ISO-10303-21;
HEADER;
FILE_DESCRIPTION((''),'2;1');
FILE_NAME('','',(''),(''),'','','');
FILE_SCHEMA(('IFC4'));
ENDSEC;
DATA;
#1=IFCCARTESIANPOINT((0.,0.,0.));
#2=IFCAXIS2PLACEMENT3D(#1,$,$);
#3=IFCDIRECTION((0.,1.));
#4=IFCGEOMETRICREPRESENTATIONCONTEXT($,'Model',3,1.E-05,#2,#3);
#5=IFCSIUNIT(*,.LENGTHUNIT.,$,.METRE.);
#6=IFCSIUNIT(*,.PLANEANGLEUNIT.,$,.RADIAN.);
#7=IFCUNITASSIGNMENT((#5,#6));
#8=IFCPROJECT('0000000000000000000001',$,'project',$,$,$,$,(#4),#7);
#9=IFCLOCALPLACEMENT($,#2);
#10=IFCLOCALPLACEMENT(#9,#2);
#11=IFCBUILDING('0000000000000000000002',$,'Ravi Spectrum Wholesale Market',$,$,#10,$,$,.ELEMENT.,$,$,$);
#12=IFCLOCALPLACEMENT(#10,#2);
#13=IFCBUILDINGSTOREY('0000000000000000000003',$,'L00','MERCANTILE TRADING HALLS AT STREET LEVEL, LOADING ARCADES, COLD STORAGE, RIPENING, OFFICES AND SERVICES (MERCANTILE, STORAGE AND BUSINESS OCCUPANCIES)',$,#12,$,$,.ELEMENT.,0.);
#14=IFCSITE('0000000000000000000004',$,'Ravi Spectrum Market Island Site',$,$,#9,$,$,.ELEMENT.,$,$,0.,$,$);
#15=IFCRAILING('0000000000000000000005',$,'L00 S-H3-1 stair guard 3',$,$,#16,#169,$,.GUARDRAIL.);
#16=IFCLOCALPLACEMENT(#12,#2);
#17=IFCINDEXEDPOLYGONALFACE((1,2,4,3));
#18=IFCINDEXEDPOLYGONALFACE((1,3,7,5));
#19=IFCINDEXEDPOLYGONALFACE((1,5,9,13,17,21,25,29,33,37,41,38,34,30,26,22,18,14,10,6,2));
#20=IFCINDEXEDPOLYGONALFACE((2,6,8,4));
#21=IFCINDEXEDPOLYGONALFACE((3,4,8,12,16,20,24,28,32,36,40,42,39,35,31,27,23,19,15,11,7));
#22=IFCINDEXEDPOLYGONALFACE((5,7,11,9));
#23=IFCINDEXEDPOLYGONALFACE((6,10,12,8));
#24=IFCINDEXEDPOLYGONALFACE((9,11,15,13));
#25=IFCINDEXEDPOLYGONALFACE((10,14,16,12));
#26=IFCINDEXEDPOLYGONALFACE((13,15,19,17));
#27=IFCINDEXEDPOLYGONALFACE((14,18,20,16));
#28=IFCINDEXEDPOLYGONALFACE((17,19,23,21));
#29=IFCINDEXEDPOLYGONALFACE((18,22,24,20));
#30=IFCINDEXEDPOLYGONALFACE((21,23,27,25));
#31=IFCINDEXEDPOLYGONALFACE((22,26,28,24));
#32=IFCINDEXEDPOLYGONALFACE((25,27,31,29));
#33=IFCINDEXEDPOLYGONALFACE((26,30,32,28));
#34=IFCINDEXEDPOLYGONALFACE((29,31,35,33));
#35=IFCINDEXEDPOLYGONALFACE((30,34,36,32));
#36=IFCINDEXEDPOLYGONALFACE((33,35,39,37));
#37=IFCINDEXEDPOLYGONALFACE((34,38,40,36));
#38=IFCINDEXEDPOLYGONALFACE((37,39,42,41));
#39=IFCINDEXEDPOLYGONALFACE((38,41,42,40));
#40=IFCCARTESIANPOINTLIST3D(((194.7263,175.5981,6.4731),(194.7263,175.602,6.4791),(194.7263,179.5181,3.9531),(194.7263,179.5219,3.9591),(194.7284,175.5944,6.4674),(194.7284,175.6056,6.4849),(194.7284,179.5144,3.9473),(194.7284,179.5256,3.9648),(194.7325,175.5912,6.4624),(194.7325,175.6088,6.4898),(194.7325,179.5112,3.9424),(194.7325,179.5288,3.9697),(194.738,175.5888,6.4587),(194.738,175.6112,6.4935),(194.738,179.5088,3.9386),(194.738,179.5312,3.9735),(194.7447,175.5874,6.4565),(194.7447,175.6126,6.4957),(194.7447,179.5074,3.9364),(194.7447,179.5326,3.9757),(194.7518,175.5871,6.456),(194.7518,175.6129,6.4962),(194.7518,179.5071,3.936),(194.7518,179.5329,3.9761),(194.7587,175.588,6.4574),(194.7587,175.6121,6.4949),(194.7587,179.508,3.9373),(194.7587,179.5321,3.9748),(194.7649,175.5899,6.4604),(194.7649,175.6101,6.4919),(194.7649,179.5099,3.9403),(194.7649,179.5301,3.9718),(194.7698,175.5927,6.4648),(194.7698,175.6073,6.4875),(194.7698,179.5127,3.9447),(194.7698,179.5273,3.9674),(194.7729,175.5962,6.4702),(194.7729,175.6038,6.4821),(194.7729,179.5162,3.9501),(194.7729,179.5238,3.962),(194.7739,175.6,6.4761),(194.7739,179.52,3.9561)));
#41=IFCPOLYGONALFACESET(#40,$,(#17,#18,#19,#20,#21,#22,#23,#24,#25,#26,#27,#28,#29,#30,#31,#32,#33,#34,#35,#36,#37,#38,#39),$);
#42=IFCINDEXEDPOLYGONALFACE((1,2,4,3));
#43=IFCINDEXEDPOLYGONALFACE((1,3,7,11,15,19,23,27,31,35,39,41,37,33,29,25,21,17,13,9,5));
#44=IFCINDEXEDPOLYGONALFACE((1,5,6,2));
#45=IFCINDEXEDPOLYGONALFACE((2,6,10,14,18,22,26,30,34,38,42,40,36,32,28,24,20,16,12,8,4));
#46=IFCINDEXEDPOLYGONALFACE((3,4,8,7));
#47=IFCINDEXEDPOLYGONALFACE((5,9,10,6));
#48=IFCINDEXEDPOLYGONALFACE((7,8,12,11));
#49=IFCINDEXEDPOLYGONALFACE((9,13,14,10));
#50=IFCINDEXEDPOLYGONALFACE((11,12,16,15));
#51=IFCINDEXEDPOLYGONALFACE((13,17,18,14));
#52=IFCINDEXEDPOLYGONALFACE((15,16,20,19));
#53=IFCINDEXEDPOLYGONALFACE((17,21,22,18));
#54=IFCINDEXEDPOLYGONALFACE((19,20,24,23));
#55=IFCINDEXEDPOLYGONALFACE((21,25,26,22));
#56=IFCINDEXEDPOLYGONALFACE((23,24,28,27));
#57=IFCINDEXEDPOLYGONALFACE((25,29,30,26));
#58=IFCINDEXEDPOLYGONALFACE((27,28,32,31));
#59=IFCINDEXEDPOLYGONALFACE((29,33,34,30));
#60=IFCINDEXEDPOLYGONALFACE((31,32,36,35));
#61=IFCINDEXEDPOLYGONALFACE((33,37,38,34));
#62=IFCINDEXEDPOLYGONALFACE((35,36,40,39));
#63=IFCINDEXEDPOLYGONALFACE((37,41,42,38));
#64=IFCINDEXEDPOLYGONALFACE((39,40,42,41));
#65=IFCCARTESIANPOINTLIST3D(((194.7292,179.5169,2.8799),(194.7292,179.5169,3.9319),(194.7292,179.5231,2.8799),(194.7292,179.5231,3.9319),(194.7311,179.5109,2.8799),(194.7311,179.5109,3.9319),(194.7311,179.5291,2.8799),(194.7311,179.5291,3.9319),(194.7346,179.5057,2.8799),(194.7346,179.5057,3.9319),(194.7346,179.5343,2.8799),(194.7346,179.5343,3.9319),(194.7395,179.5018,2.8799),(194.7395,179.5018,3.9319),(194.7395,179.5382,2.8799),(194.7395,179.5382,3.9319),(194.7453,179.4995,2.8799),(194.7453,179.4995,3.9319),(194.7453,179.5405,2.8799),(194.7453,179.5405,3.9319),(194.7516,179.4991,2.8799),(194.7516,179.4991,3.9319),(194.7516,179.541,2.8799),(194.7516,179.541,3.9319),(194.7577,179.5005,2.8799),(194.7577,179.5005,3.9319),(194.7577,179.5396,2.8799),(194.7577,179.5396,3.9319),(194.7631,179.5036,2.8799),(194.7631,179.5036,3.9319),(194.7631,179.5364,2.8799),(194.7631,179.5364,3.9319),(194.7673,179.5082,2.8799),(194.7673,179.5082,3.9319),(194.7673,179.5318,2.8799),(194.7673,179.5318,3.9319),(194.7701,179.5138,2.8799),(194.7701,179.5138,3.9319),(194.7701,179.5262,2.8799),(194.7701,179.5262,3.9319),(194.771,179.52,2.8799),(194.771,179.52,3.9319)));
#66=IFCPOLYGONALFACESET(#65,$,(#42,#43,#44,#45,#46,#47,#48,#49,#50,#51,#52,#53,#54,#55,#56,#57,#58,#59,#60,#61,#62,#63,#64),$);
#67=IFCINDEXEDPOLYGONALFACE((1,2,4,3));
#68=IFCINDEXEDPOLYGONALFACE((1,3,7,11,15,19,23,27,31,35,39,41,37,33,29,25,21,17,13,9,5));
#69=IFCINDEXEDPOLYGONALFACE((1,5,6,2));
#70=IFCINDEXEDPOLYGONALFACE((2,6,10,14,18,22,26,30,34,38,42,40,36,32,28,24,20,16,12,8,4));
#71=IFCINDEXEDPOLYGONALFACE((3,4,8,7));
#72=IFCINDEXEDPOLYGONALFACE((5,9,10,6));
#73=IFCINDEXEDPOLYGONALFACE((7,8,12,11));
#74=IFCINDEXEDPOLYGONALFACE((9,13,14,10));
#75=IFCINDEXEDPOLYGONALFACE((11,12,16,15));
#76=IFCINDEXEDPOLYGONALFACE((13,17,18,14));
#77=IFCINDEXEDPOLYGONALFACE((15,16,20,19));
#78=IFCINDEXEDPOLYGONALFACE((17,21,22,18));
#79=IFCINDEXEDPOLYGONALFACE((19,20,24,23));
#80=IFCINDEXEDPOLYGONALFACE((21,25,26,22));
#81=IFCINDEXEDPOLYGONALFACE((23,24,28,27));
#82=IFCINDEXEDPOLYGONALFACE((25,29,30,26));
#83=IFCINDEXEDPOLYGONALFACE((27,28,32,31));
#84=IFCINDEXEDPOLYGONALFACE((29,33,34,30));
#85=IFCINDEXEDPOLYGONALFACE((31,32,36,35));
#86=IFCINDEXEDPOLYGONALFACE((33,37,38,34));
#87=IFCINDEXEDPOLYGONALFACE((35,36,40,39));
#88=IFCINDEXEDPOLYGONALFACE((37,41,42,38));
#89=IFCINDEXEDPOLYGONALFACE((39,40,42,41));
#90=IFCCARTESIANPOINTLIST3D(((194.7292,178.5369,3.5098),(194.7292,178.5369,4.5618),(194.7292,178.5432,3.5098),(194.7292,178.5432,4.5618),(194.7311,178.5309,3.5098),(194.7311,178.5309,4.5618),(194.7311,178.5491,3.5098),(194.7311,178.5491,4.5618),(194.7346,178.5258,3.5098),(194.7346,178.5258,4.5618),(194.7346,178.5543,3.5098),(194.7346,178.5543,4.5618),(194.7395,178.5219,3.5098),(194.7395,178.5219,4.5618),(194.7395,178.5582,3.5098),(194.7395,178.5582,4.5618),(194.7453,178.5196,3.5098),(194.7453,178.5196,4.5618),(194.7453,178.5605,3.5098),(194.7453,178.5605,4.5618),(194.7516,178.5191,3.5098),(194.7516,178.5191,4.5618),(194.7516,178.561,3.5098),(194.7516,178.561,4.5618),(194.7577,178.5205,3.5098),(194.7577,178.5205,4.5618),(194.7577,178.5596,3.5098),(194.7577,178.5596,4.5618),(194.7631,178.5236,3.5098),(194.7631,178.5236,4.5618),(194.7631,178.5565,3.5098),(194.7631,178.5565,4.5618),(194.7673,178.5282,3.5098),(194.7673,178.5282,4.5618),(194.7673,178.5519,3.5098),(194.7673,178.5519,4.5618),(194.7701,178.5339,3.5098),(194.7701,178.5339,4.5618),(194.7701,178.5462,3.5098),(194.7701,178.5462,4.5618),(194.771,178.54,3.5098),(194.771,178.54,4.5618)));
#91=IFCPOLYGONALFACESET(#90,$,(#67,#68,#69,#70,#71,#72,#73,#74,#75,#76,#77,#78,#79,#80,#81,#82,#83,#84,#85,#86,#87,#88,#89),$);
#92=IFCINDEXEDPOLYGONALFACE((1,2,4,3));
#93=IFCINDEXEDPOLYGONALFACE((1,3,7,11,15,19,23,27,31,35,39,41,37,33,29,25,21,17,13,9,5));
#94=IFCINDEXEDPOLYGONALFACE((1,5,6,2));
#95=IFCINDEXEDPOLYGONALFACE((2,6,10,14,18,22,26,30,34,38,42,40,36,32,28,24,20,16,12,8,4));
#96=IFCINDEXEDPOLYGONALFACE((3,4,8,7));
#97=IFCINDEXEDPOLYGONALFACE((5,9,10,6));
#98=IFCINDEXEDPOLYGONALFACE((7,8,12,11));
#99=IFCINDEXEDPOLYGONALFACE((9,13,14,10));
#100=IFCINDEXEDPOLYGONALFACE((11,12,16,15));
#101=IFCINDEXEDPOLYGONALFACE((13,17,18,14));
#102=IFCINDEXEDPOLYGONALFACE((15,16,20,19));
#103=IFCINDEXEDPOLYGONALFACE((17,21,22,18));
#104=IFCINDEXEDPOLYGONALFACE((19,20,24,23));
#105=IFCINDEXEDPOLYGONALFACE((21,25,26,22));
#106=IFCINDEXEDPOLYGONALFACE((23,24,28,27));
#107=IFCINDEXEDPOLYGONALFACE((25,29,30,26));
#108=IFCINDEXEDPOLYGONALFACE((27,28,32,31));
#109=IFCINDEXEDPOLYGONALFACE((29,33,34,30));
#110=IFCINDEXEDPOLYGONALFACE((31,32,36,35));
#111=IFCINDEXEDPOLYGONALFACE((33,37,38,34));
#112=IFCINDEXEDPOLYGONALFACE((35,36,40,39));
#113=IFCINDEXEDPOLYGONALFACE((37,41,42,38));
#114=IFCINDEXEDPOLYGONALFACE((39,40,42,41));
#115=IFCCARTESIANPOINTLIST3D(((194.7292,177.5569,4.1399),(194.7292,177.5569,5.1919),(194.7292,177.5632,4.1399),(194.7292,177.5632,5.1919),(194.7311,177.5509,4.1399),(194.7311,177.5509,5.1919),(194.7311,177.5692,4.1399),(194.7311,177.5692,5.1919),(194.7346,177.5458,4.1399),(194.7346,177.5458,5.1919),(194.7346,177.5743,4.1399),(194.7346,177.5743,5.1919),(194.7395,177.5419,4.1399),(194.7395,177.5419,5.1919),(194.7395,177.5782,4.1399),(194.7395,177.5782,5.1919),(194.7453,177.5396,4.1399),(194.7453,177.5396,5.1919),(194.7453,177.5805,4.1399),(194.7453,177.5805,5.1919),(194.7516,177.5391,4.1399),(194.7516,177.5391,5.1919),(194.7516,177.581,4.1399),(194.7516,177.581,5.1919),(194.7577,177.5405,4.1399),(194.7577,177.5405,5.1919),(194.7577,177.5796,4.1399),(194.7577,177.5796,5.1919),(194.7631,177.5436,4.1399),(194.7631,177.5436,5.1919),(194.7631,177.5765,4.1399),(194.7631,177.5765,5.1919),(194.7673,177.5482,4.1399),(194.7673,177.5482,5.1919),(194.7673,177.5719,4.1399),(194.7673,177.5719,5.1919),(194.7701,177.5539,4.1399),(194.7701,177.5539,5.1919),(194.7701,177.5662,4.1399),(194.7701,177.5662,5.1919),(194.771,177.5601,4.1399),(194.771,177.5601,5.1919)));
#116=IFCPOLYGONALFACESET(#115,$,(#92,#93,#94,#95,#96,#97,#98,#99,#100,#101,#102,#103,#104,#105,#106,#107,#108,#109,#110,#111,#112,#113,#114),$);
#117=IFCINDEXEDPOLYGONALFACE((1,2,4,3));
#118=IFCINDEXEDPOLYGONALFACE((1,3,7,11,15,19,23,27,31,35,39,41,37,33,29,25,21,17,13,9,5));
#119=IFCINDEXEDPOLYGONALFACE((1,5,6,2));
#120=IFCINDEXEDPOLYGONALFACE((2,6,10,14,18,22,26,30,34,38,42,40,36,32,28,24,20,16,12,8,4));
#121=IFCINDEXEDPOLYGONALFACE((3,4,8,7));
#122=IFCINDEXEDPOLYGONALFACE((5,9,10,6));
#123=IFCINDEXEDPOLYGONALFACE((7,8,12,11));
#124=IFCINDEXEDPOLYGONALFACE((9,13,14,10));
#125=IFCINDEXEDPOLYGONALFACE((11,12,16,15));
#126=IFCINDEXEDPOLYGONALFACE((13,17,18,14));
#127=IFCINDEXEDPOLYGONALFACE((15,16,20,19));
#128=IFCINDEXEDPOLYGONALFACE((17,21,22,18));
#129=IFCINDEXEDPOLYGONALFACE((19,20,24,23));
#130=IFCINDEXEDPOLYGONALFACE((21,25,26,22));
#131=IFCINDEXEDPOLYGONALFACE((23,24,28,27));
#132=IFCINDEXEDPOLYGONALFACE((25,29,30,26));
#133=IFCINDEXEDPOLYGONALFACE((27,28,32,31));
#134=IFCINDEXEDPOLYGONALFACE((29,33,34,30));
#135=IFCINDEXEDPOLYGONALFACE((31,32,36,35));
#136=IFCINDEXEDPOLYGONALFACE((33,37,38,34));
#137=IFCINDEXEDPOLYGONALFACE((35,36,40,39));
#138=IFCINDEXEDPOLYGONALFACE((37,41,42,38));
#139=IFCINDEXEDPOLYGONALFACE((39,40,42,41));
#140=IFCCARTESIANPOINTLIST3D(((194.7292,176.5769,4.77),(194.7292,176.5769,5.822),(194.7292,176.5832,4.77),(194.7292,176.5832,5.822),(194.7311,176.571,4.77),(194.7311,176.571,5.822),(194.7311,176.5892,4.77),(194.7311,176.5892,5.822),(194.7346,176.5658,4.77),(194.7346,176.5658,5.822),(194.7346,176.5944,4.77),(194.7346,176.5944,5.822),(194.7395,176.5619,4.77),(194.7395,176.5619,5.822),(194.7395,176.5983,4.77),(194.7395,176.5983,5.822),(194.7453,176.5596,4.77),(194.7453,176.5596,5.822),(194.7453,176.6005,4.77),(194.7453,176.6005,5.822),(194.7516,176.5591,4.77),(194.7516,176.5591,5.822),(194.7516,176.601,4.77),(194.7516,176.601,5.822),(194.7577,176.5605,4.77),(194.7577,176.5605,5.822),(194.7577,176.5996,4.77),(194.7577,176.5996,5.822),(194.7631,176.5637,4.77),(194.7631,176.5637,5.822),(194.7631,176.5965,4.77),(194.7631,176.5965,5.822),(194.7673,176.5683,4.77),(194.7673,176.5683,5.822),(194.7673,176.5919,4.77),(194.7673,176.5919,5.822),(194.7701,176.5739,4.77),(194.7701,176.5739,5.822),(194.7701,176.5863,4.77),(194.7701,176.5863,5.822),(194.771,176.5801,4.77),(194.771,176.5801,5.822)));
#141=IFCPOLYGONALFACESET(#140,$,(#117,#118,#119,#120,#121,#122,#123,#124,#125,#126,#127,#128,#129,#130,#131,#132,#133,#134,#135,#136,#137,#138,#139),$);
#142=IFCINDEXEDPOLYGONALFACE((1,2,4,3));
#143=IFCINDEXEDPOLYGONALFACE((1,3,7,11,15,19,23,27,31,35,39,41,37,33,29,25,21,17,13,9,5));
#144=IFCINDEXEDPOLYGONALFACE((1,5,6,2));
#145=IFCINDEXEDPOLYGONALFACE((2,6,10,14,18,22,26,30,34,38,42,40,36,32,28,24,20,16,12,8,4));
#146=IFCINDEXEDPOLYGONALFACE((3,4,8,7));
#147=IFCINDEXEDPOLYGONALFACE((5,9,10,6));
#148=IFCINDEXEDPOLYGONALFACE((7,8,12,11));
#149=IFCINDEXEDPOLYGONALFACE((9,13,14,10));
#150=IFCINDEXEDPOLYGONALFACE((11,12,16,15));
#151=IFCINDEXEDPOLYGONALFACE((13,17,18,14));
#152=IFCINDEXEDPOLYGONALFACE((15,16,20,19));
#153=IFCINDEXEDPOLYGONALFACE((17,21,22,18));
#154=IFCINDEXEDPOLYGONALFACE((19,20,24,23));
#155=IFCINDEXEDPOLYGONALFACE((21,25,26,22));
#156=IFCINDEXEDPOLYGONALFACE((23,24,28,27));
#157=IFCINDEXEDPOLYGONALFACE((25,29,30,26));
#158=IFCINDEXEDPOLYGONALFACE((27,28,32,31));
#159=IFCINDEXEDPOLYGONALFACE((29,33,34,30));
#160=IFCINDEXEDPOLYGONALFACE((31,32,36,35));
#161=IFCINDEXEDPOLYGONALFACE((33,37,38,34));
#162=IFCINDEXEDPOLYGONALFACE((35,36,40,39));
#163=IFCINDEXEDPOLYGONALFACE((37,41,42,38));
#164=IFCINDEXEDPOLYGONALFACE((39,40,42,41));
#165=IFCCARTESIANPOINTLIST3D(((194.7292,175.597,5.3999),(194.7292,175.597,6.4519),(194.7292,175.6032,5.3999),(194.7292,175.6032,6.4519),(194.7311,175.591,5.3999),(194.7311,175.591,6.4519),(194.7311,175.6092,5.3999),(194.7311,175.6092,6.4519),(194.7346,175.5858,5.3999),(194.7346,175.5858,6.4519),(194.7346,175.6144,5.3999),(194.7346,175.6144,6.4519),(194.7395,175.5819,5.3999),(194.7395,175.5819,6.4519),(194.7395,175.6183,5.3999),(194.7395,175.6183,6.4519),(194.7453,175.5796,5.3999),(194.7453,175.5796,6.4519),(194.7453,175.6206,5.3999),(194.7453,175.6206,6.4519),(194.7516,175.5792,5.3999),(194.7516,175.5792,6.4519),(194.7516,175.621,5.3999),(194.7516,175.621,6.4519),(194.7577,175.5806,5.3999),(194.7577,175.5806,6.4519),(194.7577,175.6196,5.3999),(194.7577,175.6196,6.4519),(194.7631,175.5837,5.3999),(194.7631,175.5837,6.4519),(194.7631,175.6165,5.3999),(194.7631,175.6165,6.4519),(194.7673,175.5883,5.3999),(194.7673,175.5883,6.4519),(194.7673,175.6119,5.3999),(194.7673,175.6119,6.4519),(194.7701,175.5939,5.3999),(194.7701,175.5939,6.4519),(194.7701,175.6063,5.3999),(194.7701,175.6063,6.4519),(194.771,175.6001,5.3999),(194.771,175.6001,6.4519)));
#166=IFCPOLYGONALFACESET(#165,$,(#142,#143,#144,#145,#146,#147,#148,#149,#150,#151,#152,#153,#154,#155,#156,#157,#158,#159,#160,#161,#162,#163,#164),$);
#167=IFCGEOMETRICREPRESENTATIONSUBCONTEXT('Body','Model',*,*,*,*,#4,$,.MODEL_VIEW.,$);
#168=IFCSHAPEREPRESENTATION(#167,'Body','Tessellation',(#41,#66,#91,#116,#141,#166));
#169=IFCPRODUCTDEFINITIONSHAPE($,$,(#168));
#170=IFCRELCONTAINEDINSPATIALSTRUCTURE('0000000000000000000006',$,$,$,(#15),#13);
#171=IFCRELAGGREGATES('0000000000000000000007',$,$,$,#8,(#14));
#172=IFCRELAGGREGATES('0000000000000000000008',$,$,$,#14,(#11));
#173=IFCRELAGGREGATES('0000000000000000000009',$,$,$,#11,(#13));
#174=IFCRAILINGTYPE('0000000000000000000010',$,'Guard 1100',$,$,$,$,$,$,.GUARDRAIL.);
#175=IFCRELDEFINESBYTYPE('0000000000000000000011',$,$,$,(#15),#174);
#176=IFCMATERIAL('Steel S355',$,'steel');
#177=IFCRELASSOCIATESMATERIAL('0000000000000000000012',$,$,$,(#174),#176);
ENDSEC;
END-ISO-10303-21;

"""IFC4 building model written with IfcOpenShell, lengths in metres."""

from ifc_helpers import new_model, si_unit, direction, frame, origin, origin_2d, place, context, subcontext, project, spatial, circle, extrude, material, type_object, element, save


model = new_model("IFC4")

# Units and contexts
model_context = context("Model", 3, precision=1e-05, world=origin(), true_north=direction((0.0, 1.0)))
body_context = subcontext(model_context, "Body", "Model", "MODEL_VIEW")
ifc_project = project(units=[si_unit("LENGTHUNIT", "METRE"), si_unit("PLANEANGLEUNIT", "RADIAN")], contexts=[model_context])

# Site, building, storey
site_placement = place(None, origin())
site = spatial("IfcSite", under=ifc_project, at=site_placement, Name="Ravi Spectrum Market Island Site", CompositionType="ELEMENT", RefElevation=0.0)
building_placement = place(site_placement, origin())
building = spatial("IfcBuilding", under=site, at=building_placement, Name="Ravi Spectrum Wholesale Market", CompositionType="ELEMENT")
storey_placement = place(building_placement, origin())
storey = spatial("IfcBuildingStorey", under=building, at=storey_placement, Name="L00", Description="MERCANTILE TRADING HALLS AT STREET LEVEL, LOADING ARCADES, COLD STORAGE, RIPENING, OFFICES AND SERVICES (MERCANTILE, STORAGE AND BUSINESS OCCUPANCIES)", CompositionType="ELEMENT", Elevation=0.0)

# Railing
ifc_material_1 = material(Name="Steel S355", Category="steel")
railing_type_1 = type_object("IfcRailingType", Name="Guard 1100", PredefinedType="GUARDRAIL", material=ifc_material_1)
railing_1_placement = place(storey_placement, frame((194.75, 179.52, 2.8799)))
element("IfcRailing", 1, at=railing_1_placement, inside=storey, type_object=railing_type_1, Name="L00 S-H3-1 stair guard 3", PredefinedType="GUARDRAIL", context=body_context, shape_type="SweptSolid", body=[
    extrude(circle(Radius=0.0239, at=origin_2d()), frame((0.0, 0.0, 1.0762), z_axis=(0.0, -0.841172, 0.540768), x_axis=(1.0, 0.0, 0.0)), (0.0, 0.0, 1.0), 4.6602),
    extrude(circle(Radius=0.021, at=origin_2d()), origin(), (0.0, 0.0, 1.0), 1.052),
    extrude(circle(Radius=0.021, at=origin_2d()), frame((0.0, -0.98, 0.6299)), (0.0, 0.0, 1.0), 1.052),
    extrude(circle(Radius=0.021, at=origin_2d()), frame((0.0, -1.96, 1.26)), (0.0, 0.0, 1.0), 1.052),
    extrude(circle(Radius=0.021, at=origin_2d()), frame((0.0, -2.9399, 1.8901)), (0.0, 0.0, 1.0), 1.052),
    extrude(circle(Radius=0.021, at=origin_2d()), frame((0.0, -3.9199, 2.52)), (0.0, 0.0, 1.0), 1.052),
])

save(model, "model.ifc")
